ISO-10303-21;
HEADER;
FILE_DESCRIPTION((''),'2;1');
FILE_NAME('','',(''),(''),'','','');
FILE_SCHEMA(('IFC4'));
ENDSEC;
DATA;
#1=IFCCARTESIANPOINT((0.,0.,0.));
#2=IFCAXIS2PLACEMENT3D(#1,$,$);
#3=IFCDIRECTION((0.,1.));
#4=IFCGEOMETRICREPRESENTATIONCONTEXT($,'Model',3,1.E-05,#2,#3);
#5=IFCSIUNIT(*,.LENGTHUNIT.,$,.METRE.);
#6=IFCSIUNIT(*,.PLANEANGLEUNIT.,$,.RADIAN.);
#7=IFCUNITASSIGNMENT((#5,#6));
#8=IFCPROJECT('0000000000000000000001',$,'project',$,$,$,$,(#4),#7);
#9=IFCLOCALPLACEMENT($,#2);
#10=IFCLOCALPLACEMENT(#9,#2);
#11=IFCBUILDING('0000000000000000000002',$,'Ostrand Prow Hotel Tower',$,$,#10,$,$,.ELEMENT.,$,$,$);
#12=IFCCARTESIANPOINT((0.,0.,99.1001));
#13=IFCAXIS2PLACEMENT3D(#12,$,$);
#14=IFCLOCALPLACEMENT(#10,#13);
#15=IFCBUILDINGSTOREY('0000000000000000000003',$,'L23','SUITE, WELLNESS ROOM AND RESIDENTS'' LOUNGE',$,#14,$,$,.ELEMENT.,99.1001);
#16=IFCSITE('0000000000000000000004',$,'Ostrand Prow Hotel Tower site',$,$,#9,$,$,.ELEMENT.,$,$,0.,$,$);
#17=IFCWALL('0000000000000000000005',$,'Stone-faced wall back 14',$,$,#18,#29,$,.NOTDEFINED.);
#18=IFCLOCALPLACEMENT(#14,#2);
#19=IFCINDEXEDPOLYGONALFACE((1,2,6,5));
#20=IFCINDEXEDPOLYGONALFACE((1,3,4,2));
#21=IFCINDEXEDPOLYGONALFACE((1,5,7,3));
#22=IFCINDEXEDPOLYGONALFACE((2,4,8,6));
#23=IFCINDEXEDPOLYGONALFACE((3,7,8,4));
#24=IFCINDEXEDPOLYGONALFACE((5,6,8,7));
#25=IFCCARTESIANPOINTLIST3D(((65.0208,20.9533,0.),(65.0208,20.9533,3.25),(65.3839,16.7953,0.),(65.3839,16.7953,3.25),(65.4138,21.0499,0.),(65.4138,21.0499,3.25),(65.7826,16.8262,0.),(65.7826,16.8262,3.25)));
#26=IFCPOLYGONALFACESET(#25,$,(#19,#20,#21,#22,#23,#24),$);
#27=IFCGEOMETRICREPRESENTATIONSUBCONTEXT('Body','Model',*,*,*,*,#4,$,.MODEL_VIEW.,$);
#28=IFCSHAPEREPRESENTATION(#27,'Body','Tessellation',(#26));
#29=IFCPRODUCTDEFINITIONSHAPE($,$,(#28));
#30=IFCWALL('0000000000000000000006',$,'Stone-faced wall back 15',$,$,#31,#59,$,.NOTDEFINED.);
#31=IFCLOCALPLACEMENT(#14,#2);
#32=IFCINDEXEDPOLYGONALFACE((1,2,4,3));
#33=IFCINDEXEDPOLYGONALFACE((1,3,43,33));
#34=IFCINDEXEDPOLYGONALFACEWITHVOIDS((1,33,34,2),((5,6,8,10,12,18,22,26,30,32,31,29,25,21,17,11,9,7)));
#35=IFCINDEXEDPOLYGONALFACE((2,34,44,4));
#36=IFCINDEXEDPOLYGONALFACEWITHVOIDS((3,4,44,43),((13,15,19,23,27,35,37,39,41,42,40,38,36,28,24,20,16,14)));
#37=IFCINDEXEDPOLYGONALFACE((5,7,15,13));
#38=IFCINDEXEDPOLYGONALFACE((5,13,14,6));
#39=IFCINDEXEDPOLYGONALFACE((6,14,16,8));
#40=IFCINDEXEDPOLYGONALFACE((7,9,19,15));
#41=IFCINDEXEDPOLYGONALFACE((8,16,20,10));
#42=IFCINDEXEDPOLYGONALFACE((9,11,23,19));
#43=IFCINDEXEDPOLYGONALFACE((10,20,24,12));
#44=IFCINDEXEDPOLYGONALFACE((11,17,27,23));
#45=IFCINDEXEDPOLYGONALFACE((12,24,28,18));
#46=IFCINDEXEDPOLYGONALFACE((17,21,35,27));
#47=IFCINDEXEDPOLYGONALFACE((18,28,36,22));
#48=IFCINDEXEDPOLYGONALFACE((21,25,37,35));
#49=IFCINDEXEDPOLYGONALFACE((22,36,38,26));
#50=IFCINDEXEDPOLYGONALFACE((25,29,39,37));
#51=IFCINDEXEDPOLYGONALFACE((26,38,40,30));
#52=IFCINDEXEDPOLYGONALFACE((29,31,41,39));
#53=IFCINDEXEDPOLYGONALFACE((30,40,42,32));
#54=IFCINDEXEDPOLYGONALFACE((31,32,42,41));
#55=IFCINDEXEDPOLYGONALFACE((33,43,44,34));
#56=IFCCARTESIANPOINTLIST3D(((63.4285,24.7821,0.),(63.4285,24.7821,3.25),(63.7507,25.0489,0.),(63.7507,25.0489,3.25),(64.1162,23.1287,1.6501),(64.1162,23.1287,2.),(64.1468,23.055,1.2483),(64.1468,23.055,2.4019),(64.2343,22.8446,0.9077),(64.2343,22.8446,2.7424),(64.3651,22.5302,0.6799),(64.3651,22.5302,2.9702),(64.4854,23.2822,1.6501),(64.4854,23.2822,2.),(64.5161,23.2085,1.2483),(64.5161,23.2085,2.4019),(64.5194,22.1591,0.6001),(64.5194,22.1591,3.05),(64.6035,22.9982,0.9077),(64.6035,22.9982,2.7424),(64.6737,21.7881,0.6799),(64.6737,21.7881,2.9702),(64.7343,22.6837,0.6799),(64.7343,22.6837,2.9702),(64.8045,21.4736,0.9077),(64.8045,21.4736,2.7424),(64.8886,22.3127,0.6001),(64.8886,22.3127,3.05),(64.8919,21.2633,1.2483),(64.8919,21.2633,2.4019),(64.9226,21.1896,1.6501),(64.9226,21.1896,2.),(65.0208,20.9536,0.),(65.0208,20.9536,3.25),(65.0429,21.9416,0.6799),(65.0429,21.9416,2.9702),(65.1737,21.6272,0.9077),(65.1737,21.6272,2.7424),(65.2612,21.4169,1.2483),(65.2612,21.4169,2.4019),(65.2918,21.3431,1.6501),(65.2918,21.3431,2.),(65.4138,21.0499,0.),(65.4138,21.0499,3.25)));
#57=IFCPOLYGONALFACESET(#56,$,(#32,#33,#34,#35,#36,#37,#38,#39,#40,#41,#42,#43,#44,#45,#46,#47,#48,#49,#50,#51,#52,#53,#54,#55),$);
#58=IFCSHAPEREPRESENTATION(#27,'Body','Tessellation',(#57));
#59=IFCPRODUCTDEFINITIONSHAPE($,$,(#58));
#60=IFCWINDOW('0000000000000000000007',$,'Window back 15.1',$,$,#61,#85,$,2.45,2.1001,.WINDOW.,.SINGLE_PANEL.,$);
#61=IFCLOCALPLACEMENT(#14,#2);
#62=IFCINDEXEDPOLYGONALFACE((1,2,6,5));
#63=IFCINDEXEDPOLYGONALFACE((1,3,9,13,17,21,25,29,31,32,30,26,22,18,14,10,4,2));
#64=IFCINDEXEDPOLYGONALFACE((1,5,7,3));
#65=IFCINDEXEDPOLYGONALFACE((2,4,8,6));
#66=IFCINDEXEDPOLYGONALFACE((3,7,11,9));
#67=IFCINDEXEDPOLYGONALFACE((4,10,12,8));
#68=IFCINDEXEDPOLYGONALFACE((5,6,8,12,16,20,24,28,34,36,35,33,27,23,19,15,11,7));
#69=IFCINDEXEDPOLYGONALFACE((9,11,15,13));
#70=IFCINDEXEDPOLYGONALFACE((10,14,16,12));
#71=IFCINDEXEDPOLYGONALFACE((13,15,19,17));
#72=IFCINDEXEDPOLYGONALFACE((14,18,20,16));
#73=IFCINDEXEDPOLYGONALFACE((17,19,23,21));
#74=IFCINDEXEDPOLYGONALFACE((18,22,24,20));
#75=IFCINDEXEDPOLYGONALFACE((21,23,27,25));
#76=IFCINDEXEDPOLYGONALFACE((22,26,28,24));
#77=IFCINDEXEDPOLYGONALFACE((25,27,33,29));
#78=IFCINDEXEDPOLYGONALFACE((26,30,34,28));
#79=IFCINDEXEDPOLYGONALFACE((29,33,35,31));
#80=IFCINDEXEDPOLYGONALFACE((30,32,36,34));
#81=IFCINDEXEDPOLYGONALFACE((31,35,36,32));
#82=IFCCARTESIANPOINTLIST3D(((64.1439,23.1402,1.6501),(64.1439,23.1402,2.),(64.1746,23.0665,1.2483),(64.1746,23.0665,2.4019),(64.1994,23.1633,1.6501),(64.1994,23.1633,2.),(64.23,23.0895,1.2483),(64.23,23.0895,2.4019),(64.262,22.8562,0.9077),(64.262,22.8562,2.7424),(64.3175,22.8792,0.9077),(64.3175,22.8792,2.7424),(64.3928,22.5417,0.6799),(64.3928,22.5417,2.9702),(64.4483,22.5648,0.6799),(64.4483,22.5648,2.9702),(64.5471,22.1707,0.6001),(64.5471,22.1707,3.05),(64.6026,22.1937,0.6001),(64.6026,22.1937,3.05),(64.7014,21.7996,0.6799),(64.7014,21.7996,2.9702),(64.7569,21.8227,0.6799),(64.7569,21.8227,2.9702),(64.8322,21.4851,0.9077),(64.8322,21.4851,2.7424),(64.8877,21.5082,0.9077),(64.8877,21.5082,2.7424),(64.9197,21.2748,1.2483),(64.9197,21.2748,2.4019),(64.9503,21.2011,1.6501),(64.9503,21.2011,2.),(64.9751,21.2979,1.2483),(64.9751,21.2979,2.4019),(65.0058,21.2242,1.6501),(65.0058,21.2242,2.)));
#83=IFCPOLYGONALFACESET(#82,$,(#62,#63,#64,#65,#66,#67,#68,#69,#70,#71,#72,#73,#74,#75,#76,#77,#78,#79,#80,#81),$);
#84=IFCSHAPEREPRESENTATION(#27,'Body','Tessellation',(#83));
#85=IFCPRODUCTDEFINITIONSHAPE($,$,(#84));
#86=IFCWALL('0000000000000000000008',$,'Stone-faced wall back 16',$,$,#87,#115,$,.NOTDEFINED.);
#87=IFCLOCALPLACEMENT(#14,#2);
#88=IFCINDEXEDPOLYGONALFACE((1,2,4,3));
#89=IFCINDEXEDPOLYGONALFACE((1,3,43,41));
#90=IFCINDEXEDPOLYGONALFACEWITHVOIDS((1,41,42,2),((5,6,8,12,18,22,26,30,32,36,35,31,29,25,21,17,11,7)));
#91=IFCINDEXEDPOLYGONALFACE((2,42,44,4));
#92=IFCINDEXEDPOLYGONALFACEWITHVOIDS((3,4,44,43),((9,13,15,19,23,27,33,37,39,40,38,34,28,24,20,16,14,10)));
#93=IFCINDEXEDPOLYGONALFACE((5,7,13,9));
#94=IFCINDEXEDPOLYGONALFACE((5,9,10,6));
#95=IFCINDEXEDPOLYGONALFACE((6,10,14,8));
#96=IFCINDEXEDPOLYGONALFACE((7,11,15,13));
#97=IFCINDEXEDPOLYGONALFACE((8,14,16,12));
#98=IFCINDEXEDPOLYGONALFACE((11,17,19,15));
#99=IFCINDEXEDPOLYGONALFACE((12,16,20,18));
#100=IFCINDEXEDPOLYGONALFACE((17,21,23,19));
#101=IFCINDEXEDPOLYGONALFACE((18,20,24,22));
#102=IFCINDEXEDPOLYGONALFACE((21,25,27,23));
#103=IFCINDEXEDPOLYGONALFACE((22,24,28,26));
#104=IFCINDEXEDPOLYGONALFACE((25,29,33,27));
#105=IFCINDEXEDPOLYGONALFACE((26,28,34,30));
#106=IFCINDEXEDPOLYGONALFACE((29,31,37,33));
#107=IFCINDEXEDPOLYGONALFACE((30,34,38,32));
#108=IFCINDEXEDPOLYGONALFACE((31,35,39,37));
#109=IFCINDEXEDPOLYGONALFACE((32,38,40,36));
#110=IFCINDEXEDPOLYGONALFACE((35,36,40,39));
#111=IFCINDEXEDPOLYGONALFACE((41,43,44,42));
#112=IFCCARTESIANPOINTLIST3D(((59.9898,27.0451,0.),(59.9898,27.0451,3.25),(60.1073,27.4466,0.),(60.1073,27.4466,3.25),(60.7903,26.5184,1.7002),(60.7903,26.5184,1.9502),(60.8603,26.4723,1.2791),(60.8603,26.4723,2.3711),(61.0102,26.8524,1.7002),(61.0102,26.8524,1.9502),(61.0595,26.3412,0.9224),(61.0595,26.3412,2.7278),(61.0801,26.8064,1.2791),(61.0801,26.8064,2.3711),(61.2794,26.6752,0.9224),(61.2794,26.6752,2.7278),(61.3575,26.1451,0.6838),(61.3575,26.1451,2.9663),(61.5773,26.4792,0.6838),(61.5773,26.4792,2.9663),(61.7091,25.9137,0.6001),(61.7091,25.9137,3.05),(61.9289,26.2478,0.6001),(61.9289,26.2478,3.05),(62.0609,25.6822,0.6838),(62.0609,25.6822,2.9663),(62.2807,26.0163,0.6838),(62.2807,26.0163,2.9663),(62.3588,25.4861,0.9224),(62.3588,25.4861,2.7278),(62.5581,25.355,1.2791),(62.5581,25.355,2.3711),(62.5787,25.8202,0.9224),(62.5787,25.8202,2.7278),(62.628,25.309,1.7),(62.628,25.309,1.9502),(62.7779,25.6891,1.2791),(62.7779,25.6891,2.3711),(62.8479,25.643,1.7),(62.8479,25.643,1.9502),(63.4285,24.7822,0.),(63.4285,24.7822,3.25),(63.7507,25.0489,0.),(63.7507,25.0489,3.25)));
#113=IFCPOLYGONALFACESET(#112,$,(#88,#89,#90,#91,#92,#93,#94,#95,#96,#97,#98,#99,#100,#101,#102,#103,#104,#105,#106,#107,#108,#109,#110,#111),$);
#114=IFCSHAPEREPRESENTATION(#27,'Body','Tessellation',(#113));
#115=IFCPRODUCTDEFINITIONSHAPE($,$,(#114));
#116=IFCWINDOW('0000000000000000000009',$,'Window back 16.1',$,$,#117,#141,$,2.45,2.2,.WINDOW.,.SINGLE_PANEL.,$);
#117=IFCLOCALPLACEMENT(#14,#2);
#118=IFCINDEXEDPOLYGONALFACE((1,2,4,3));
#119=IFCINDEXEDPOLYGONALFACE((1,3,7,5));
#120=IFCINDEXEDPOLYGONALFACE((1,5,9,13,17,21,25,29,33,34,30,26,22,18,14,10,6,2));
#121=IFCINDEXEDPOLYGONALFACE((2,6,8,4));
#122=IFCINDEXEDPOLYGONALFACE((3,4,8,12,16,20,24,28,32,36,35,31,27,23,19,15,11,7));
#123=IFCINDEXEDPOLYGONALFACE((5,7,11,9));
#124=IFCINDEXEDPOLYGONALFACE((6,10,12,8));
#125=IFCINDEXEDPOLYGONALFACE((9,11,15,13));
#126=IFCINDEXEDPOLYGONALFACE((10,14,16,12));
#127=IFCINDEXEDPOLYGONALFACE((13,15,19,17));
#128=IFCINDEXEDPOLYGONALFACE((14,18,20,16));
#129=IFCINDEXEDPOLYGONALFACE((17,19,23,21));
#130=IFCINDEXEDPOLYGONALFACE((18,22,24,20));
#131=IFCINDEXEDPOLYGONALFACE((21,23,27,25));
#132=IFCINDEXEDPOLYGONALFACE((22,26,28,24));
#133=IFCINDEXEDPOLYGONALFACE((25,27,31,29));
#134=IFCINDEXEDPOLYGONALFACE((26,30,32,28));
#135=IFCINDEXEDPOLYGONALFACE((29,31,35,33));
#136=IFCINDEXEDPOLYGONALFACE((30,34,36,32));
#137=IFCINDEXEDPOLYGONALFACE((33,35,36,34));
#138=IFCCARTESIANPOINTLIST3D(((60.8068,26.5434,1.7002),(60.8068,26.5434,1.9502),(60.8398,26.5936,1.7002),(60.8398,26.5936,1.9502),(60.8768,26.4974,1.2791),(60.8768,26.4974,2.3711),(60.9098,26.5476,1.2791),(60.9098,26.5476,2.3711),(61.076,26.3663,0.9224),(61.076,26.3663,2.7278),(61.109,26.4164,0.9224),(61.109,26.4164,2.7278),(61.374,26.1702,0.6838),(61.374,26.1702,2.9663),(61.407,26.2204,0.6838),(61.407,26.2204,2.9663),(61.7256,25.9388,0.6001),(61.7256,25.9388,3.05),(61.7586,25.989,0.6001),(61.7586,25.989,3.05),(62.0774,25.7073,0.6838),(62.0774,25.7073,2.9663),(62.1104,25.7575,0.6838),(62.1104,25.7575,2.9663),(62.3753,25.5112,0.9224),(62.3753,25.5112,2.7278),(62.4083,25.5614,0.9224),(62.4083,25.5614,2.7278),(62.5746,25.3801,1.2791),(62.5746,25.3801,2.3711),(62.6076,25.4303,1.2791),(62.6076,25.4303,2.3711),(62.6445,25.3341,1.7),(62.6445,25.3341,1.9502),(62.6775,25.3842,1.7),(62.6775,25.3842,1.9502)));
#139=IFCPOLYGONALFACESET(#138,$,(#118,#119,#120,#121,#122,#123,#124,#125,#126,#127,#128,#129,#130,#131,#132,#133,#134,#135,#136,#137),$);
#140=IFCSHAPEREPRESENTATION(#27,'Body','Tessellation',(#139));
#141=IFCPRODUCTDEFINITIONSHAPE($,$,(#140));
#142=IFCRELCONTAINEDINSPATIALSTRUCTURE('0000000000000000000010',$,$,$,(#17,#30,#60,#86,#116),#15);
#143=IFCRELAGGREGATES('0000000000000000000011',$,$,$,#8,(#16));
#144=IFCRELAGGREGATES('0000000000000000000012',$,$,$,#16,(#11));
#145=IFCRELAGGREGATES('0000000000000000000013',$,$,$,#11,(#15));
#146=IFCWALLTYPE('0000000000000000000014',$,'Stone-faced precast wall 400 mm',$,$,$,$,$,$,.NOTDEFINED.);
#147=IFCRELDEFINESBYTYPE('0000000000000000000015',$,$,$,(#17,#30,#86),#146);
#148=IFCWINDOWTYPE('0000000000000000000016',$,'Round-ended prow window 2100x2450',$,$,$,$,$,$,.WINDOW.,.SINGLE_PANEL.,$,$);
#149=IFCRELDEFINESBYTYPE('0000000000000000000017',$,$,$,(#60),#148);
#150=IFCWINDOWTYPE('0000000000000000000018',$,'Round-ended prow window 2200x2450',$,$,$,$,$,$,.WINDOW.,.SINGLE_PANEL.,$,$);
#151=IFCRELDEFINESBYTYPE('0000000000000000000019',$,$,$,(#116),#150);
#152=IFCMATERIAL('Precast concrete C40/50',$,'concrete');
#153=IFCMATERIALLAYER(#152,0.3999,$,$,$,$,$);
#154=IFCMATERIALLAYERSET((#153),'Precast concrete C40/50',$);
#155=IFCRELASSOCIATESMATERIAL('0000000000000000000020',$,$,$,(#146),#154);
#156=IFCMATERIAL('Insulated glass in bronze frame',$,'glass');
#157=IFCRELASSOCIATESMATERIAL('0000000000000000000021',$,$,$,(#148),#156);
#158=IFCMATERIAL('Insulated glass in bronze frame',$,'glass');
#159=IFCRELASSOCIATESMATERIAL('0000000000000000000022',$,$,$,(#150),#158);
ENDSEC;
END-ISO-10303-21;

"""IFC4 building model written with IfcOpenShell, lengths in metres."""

from ifc_helpers import new_model, si_unit, direction, frame, origin, place, context, subcontext, project, spatial, polyline, outline, extrude, material, layer, layer_set, type_object, element, fill, save


model = new_model("IFC4")

# Units and contexts
model_context = context("Model", 3, precision=1e-05, world=origin(), true_north=direction((0.0, 1.0)))
body_context = subcontext(model_context, "Body", "Model", "MODEL_VIEW")
ifc_project = project(units=[si_unit("LENGTHUNIT", "METRE"), si_unit("PLANEANGLEUNIT", "RADIAN")], contexts=[model_context])

# Site, building, storey
site_placement = place(None, origin())
site = spatial("IfcSite", under=ifc_project, at=site_placement, Name="Ostrand Prow Hotel Tower site", CompositionType="ELEMENT", RefElevation=0.0)
building_placement = place(site_placement, origin())
building = spatial("IfcBuilding", under=site, at=building_placement, Name="Ostrand Prow Hotel Tower", CompositionType="ELEMENT")
storey_placement = place(building_placement, frame((0.0, 0.0, 99.1001)))
storey = spatial("IfcBuildingStorey", under=building, at=storey_placement, Name="L23", Description="SUITE, WELLNESS ROOM AND RESIDENTS' LOUNGE", CompositionType="ELEMENT", Elevation=99.1001)

# Wall
ifc_material_1 = material(Name="Precast concrete C40/50", Category="concrete")
ifc_layer_1 = layer(ifc_material_1, 0.3999)
ifc_layer_set_1 = layer_set([ifc_layer_1], Name="Precast concrete C40/50")
wall_type_1 = type_object("IfcWallType", Name="Stone-faced precast wall 400 mm", PredefinedType="NOTDEFINED", material=ifc_layer_set_1)
wall_1_placement = place(storey_placement, frame((65.5833, 16.8108, 0.0), z_axis=(0.0, 0.0, 1.0), x_axis=(-0.086993, 0.996209, 0.0)))
element("IfcWall", 1, at=wall_1_placement, inside=storey, type_object=wall_type_1, Name="Stone-faced wall back 14", PredefinedType="NOTDEFINED", context=body_context, shape_type="SweptSolid", body=[
    extrude(outline(polyline([(-0.002, -0.2), (4.2378, -0.2), (4.1758, 0.2), (0.002, 0.2), (-0.002, -0.2)])), origin(), (0.0, 0.0, 1.0), 3.25),
])

# Walls, openings, windows
wall_2_placement = place(storey_placement, frame((65.2173, 21.0017, 0.0), z_axis=(0.0, 0.0, 1.0), x_axis=(-0.383998, 0.923334, 0.0)))
wall_2 = element("IfcWall", 2, at=wall_2_placement, inside=storey, type_object=wall_type_1, Name="Stone-faced wall back 15", PredefinedType="NOTDEFINED", context=body_context, shape_type="SweptSolid", body=[
    extrude(outline(polyline([(-0.031, -0.2), (4.3, -0.2), (4.1775, 0.2), (0.031, 0.2), (-0.031, -0.2)])), origin(), (0.0, 0.0, 1.0), 3.25),
])
opening_1_placement = place(wall_2_placement, frame((0.2866, 0.0, 0.6001)))
opening_1 = element("IfcOpeningElement", 3, at=opening_1_placement, cuts=wall_2, PredefinedType="OPENING", context=body_context, shape_type="SweptSolid", body=[
    extrude(outline(polyline([(0.0, 1.3999), (0.0798, 1.8018), (0.3076, 2.1423), (0.6482, 2.3701), (1.05, 2.45), (1.4519, 2.3701), (1.7925, 2.1423), (2.0203, 1.8018), (2.1001, 1.3999), (2.1001, 1.05), (2.0203, 0.6482), (1.7925, 0.3076), (1.4519, 0.0798), (1.05, 0.0), (0.6482, 0.0798), (0.3076, 0.3076), (0.0798, 0.6482), (0.0, 1.05), (0.0, 1.3999)])), frame((0.0, 0.21, 0.0), z_axis=(0.0, -1.0, 0.0), x_axis=(1.0, 0.0, 0.0)), (0.0, 0.0, 1.0), 0.4199),
])
ifc_material_2 = material(Name="Insulated glass in bronze frame", Category="glass")
window_type_1 = type_object("IfcWindowType", Name="Round-ended prow window 2100x2450", PartitioningType="SINGLE_PANEL", PredefinedType="WINDOW", material=ifc_material_2)
window_1_placement = place(opening_1_placement, origin())
window_1 = element("IfcWindow", 4, at=window_1_placement, inside=storey, type_object=window_type_1, Name="Window back 15.1", OverallHeight=2.45, OverallWidth=2.1001, PartitioningType="SINGLE_PANEL", PredefinedType="WINDOW", context=body_context, shape_type="SweptSolid", body=[
    extrude(outline(polyline([(0.0, 1.3999), (0.0798, 1.8018), (0.3076, 2.1423), (0.6482, 2.3701), (1.05, 2.45), (1.4519, 2.3701), (1.7925, 2.1423), (2.0203, 1.8018), (2.1001, 1.3999), (2.1001, 1.05), (2.0203, 0.6482), (1.7925, 0.3076), (1.4519, 0.0798), (1.05, 0.0), (0.6482, 0.0798), (0.3076, 0.3076), (0.0798, 0.6482), (0.0, 1.05), (0.0, 1.3999)])), frame((0.0, 0.1699, 0.0), z_axis=(0.0, -1.0, 0.0), x_axis=(1.0, 0.0, 0.0)), (0.0, 0.0, 1.0), 0.0601),
])
fill(opening_1, window_1)
wall_3_placement = place(storey_placement, frame((63.5896, 24.9155, 0.0), z_axis=(0.0, 0.0, 1.0), x_axis=(-0.835341, 0.549733, 0.0)))
wall_3 = element("IfcWall", 5, at=wall_3_placement, inside=storey, type_object=wall_type_1, Name="Stone-faced wall back 16", PredefinedType="NOTDEFINED", context=body_context, shape_type="SweptSolid", body=[
    extrude(outline(polyline([(-0.0613, -0.2), (4.3003, -0.2), (4.1777, 0.2), (0.0613, 0.2), (-0.0613, -0.2)])), origin(), (0.0, 0.0, 1.0), 3.25),
])
opening_2_placement = place(wall_3_placement, frame((1.0195, 0.0, 0.6001)))
opening_2 = element("IfcOpeningElement", 6, at=opening_2_placement, cuts=wall_3, PredefinedType="OPENING", context=body_context, shape_type="SweptSolid", body=[
    extrude(outline(polyline([(0.0, 1.3501), (0.0837, 1.771), (0.3223, 2.1277), (0.679, 2.3662), (1.1001, 2.45), (1.521, 2.3662), (1.8777, 2.1277), (2.1162, 1.771), (2.2, 1.3501), (2.2, 1.1001), (2.1162, 0.679), (1.8777, 0.3223), (1.521, 0.0837), (1.1001, 0.0), (0.679, 0.0837), (0.3223, 0.3223), (0.0837, 0.679), (0.0, 1.0999), (0.0, 1.3501)])), frame((0.0, 0.21, 0.0), z_axis=(0.0, -1.0, 0.0), x_axis=(1.0, 0.0, 0.0)), (0.0, 0.0, 1.0), 0.4199),
])
ifc_material_3 = material(Name="Insulated glass in bronze frame", Category="glass")
window_type_2 = type_object("IfcWindowType", Name="Round-ended prow window 2200x2450", PartitioningType="SINGLE_PANEL", PredefinedType="WINDOW", material=ifc_material_3)
window_2_placement = place(opening_2_placement, origin())
window_2 = element("IfcWindow", 7, at=window_2_placement, inside=storey, type_object=window_type_2, Name="Window back 16.1", OverallHeight=2.45, OverallWidth=2.2, PartitioningType="SINGLE_PANEL", PredefinedType="WINDOW", context=body_context, shape_type="SweptSolid", body=[
    extrude(outline(polyline([(0.0, 1.3501), (0.0837, 1.771), (0.3223, 2.1277), (0.679, 2.3662), (1.1001, 2.45), (1.521, 2.3662), (1.8777, 2.1277), (2.1162, 1.771), (2.2, 1.3501), (2.2, 1.1001), (2.1162, 0.679), (1.8777, 0.3223), (1.521, 0.0837), (1.1001, 0.0), (0.679, 0.0837), (0.3223, 0.3223), (0.0837, 0.679), (0.0, 1.0999), (0.0, 1.3501)])), frame((0.0, 0.1699, 0.0), z_axis=(0.0, -1.0, 0.0), x_axis=(1.0, 0.0, 0.0)), (0.0, 0.0, 1.0), 0.0601),
])
fill(opening_2, window_2)

save(model, "model.ifc")
